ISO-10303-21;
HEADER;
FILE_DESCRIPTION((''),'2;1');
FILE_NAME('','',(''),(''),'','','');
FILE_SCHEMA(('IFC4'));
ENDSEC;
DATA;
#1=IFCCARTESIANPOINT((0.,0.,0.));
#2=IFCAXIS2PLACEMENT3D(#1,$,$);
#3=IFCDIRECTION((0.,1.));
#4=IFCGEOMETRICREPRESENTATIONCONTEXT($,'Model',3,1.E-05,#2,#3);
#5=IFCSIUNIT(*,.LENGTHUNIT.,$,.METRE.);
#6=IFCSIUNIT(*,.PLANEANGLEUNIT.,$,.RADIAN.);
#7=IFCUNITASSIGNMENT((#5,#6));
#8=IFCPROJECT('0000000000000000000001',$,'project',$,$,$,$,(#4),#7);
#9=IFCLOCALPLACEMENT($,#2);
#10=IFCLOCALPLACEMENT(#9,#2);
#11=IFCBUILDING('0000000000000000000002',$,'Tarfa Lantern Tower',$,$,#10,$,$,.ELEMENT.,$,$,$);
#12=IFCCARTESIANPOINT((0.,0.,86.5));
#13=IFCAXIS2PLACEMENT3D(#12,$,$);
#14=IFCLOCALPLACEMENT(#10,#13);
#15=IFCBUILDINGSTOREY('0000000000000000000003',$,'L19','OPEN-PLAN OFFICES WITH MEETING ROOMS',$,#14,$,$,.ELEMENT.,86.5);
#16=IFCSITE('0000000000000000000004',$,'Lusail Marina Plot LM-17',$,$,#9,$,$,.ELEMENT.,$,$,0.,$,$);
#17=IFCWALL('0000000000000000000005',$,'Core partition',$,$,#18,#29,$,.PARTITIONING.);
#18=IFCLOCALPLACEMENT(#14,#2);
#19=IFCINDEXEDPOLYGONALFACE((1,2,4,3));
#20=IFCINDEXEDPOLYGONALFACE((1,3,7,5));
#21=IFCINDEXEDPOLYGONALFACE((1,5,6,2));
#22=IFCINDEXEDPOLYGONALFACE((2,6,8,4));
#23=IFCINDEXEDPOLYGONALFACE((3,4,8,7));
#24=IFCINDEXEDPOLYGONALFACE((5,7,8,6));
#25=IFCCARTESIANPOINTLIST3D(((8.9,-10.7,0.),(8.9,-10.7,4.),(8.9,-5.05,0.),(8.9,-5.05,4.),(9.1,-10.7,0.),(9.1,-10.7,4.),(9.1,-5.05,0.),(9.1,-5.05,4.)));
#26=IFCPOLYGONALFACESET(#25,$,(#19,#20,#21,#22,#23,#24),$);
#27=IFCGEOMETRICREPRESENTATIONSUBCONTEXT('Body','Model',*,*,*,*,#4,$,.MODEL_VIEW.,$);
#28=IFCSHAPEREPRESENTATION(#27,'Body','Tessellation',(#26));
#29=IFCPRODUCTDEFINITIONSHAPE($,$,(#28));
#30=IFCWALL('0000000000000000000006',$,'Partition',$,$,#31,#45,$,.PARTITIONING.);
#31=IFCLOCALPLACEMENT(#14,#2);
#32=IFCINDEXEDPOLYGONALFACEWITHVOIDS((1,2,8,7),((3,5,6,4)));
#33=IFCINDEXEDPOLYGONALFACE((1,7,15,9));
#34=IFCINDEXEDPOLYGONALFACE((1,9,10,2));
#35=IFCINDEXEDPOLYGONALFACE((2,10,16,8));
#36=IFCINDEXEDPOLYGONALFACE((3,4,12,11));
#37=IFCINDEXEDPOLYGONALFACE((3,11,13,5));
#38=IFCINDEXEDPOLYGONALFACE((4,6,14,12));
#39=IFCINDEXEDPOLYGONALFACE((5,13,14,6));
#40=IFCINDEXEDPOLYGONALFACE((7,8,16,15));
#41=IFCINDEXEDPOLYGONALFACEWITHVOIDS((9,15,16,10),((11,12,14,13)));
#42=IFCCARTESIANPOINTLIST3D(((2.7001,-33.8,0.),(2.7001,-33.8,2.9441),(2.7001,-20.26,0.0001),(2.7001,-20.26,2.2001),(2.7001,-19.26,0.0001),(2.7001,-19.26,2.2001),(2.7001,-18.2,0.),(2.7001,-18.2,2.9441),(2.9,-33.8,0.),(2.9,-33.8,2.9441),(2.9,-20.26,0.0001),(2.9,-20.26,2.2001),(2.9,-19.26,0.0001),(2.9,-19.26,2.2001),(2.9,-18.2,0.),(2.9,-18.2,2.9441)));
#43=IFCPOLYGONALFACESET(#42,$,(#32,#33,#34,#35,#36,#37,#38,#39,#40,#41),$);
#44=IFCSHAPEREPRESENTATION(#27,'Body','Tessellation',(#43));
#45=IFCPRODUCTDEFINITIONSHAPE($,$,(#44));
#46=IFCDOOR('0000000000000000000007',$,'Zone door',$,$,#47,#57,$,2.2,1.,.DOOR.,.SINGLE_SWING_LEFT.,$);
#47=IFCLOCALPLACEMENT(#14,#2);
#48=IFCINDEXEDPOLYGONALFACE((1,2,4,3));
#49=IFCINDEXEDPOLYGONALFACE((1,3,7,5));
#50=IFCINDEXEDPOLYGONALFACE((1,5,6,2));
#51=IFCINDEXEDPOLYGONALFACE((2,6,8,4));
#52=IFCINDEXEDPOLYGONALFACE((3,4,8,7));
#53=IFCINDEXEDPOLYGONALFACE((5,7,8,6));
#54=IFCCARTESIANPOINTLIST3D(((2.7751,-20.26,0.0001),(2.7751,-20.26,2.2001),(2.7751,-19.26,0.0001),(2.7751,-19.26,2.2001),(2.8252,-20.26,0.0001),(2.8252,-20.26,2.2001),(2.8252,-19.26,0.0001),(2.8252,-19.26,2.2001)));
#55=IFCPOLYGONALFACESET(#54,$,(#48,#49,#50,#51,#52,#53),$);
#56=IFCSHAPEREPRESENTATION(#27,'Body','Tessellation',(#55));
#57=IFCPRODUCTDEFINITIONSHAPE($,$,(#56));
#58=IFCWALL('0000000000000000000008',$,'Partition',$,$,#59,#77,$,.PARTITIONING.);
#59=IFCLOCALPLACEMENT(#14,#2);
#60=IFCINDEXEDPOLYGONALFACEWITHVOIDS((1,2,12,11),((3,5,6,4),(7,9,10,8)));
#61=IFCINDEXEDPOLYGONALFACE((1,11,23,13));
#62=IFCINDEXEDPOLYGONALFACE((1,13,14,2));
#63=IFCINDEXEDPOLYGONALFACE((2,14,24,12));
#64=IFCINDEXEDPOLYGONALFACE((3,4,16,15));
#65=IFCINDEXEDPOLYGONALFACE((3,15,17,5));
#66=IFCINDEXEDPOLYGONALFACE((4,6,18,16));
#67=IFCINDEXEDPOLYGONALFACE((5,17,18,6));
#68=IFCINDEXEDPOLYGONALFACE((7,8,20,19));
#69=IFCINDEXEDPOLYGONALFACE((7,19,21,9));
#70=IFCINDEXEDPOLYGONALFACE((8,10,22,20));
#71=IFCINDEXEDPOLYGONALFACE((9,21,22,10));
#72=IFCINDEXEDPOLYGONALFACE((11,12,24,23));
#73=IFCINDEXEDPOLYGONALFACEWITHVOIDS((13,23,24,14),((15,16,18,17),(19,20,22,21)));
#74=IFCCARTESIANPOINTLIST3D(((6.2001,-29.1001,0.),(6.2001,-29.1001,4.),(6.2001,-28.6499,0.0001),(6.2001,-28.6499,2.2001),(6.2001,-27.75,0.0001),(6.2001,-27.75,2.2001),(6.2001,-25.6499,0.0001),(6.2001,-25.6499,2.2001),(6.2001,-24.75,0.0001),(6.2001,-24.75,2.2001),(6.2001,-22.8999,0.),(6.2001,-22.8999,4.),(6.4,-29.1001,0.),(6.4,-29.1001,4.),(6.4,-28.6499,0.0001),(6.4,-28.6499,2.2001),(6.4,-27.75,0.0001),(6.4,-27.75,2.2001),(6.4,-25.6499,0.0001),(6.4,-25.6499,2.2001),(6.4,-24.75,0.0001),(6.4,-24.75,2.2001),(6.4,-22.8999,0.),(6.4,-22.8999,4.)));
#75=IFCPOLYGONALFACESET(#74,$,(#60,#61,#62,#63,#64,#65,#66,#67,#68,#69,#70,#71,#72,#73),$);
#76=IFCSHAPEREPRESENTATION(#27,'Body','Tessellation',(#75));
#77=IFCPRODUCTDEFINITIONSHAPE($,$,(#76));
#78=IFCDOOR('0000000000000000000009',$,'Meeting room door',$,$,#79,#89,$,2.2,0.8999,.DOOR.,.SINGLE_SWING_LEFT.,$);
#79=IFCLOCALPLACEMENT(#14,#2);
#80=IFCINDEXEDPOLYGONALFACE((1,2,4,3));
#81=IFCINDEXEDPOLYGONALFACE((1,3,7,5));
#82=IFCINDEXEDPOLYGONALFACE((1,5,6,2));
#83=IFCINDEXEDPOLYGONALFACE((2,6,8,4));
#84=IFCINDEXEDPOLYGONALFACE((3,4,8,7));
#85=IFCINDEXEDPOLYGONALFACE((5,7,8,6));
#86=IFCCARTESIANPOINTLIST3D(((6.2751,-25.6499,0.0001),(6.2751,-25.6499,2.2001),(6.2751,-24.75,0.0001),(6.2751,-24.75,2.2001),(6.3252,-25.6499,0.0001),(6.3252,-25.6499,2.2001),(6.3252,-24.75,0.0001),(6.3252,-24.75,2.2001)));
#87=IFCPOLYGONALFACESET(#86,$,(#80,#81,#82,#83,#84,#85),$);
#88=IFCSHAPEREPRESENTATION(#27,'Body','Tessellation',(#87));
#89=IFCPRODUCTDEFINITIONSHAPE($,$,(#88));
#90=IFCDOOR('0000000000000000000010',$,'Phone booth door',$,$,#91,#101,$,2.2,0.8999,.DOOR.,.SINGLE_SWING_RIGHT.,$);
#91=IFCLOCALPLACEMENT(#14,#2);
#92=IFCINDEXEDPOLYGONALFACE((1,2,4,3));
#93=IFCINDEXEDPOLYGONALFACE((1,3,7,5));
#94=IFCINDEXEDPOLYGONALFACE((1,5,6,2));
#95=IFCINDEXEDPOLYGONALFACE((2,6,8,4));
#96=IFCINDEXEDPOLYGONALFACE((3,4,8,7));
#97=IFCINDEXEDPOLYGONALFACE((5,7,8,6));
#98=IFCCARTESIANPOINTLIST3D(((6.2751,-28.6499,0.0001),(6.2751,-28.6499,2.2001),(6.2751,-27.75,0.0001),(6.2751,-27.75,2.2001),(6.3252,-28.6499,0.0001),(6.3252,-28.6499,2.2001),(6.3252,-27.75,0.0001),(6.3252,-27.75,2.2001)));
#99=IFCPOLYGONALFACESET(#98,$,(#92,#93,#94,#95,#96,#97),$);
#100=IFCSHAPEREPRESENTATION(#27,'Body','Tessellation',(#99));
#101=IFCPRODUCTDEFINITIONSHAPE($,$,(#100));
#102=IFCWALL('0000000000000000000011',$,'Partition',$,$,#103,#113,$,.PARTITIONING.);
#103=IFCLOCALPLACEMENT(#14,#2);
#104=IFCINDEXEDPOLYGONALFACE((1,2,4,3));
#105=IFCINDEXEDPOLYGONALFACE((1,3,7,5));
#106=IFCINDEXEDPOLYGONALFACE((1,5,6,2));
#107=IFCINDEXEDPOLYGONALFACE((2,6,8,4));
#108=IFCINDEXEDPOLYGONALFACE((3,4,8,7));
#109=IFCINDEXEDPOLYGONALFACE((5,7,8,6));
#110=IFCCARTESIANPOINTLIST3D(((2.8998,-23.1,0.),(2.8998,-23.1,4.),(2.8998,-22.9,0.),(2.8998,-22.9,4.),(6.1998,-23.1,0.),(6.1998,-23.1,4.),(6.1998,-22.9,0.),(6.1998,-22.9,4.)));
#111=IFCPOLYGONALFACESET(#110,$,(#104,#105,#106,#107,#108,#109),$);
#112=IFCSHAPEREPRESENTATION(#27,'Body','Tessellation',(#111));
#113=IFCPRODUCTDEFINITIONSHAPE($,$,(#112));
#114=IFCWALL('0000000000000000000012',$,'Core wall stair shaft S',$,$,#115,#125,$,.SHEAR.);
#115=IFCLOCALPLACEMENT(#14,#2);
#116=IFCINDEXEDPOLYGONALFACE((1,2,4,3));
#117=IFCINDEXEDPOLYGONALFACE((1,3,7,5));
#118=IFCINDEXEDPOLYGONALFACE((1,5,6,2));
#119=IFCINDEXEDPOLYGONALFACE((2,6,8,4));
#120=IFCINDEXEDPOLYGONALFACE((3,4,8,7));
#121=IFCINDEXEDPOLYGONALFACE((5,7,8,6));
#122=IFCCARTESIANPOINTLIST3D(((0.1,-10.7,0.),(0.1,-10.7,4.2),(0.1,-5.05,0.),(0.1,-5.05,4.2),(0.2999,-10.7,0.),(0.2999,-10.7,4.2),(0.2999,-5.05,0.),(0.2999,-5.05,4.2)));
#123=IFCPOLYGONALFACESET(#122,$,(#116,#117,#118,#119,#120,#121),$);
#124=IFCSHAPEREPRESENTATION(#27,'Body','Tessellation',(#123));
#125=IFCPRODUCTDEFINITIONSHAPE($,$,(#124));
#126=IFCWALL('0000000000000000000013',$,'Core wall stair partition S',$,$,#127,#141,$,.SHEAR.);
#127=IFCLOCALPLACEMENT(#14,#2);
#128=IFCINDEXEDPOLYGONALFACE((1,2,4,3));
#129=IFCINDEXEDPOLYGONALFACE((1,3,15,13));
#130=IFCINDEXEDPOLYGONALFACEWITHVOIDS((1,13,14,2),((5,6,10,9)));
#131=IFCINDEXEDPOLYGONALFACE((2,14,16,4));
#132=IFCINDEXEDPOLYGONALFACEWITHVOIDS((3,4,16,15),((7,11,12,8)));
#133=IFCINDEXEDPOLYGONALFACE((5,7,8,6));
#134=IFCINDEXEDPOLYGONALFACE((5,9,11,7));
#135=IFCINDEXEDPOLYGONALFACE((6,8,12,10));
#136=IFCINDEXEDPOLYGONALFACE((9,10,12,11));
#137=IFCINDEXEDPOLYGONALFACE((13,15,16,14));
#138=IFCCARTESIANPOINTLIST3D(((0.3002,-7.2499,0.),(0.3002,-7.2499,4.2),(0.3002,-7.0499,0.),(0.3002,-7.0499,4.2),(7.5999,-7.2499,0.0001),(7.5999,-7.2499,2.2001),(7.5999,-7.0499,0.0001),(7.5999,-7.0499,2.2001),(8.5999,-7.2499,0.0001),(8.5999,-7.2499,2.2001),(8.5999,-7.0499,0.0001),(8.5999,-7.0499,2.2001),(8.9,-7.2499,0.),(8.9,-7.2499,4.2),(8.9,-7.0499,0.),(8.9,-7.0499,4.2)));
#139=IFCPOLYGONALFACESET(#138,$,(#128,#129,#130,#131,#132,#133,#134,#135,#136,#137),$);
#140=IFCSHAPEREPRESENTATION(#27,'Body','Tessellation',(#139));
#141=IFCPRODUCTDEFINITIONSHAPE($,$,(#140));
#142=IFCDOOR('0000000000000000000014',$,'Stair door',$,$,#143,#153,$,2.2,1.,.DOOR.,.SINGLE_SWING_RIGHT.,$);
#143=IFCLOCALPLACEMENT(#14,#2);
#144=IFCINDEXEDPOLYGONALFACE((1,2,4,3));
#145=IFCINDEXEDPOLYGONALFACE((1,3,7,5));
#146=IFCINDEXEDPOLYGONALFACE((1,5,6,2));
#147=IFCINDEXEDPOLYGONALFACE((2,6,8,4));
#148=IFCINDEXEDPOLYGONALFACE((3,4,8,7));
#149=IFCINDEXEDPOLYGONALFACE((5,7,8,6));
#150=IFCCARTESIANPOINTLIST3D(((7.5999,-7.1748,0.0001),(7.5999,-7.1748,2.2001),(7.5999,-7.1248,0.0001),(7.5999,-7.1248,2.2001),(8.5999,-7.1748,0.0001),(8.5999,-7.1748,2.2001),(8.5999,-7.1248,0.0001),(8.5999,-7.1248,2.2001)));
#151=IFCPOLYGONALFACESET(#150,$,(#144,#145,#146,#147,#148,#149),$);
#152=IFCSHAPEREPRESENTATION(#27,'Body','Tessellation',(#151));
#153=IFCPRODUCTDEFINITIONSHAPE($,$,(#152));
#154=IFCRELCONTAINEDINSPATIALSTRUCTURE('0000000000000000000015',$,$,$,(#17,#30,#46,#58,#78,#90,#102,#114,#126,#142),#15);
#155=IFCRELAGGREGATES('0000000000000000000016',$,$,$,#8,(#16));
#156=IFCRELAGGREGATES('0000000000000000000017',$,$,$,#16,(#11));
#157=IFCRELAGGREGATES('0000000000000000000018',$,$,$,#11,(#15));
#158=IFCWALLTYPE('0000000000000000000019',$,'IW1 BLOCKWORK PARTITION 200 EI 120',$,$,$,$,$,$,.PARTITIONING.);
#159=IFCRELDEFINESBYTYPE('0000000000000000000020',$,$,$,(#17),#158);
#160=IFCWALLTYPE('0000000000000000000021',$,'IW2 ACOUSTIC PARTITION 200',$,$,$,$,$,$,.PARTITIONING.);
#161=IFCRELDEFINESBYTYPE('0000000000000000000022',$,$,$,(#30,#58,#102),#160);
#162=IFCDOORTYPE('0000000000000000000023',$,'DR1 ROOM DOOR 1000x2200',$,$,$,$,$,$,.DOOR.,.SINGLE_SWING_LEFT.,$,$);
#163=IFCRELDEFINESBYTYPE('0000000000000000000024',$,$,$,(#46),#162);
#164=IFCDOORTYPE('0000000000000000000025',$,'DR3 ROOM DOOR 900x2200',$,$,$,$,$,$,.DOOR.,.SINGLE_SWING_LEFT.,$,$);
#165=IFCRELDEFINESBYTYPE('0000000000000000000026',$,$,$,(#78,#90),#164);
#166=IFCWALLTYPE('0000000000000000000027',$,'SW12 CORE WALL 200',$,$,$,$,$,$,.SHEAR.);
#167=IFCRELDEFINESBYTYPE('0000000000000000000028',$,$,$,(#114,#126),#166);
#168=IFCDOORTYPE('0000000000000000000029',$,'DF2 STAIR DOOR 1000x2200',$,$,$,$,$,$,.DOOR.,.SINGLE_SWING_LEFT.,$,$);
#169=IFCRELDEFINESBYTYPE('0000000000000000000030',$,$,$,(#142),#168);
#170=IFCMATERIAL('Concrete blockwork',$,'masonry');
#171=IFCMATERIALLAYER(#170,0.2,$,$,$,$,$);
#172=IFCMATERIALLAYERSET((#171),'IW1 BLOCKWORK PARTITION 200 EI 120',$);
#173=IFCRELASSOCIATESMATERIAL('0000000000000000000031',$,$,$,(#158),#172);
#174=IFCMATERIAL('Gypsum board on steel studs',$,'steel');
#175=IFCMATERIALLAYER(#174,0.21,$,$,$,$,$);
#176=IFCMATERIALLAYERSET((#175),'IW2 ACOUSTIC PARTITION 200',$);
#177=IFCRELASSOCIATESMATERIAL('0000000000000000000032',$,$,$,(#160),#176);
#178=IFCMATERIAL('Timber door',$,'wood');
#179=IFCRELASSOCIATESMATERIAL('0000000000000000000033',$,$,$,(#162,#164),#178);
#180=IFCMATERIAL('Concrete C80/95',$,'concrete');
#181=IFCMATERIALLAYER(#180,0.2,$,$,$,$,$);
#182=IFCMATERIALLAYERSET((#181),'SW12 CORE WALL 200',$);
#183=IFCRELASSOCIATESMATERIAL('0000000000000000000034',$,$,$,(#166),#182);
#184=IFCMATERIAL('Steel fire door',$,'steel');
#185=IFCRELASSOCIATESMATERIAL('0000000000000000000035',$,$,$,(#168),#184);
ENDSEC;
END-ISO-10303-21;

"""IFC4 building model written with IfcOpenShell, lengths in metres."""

from ifc_helpers import new_model, si_unit, direction, frame, frame_2d, origin, place, context, subcontext, project, spatial, rectangle, extrude, material, layer, layer_set, type_object, element, fill, save


model = new_model("IFC4")

# Units and contexts
model_context = context("Model", 3, precision=1e-05, world=origin(), true_north=direction((0.0, 1.0)))
body_context = subcontext(model_context, "Body", "Model", "MODEL_VIEW")
ifc_project = project(units=[si_unit("LENGTHUNIT", "METRE"), si_unit("PLANEANGLEUNIT", "RADIAN")], contexts=[model_context])

# Site, building, storey
site_placement = place(None, origin())
site = spatial("IfcSite", under=ifc_project, at=site_placement, Name="Lusail Marina Plot LM-17", CompositionType="ELEMENT", RefElevation=0.0)
building_placement = place(site_placement, origin())
building = spatial("IfcBuilding", under=site, at=building_placement, Name="Tarfa Lantern Tower", CompositionType="ELEMENT")
storey_placement = place(building_placement, frame((0.0, 0.0, 86.5)))
storey = spatial("IfcBuildingStorey", under=building, at=storey_placement, Name="L19", Description="OPEN-PLAN OFFICES WITH MEETING ROOMS", CompositionType="ELEMENT", Elevation=86.5)

# Wall
ifc_material_1 = material(Name="Concrete blockwork", Category="masonry")
ifc_layer_1 = layer(ifc_material_1, 0.2)
ifc_layer_set_1 = layer_set([ifc_layer_1], Name="IW1 BLOCKWORK PARTITION 200 EI 120")
wall_type_1 = type_object("IfcWallType", Name="IW1 BLOCKWORK PARTITION 200 EI 120", PredefinedType="PARTITIONING", material=ifc_layer_set_1)
wall_1_placement = place(storey_placement, frame((9.0, -5.05, 0.0), z_axis=(0.0, 0.0, 1.0), x_axis=(0.0, -1.0, 0.0)))
element("IfcWall", 1, at=wall_1_placement, inside=storey, type_object=wall_type_1, Name="Core partition", PredefinedType="PARTITIONING", context=body_context, shape_type="SweptSolid", body=[
    extrude(rectangle(XDim=5.6499, YDim=0.2, at=frame_2d((2.825, 0.0))), origin(), (0.0, 0.0, 1.0), 4.0),
])

# Wall, opening, door
ifc_material_2 = material(Name="Gypsum board on steel studs", Category="steel")
ifc_layer_2 = layer(ifc_material_2, 0.21)
ifc_layer_set_2 = layer_set([ifc_layer_2], Name="IW2 ACOUSTIC PARTITION 200")
wall_type_2 = type_object("IfcWallType", Name="IW2 ACOUSTIC PARTITION 200", PredefinedType="PARTITIONING", material=ifc_layer_set_2)
wall_2_placement = place(storey_placement, frame((2.8, -18.2, 0.0), z_axis=(0.0, 0.0, 1.0), x_axis=(0.0, -1.0, 0.0)))
wall_2 = element("IfcWall", 2, at=wall_2_placement, inside=storey, type_object=wall_type_2, Name="Partition", PredefinedType="PARTITIONING", context=body_context, shape_type="SweptSolid", body=[
    extrude(rectangle(XDim=15.6001, YDim=0.2, at=frame_2d((7.8, 0.0))), origin(), (0.0, 0.0, 1.0), 2.9441),
])
opening_1_placement = place(wall_2_placement, frame((1.0601, 0.0, 0.0)))
opening_1 = element("IfcOpeningElement", 3, at=opening_1_placement, cuts=wall_2, PredefinedType="OPENING", context=body_context, shape_type="SweptSolid", body=[
    extrude(rectangle(XDim=1.0, YDim=2.2, at=frame_2d((0.5, 1.1001))), frame((0.0, 0.1099, 0.0), z_axis=(0.0, -1.0, 0.0), x_axis=(1.0, 0.0, 0.0)), (0.0, 0.0, 1.0), 0.22),
])
ifc_material_3 = material(Name="Timber door", Category="wood")
door_type_1 = type_object("IfcDoorType", Name="DR1 ROOM DOOR 1000x2200", OperationType="SINGLE_SWING_LEFT", PredefinedType="DOOR", material=ifc_material_3)
door_1_placement = place(opening_1_placement, frame((1.0, 0.0, 0.0), z_axis=(0.0, 0.0, 1.0), x_axis=(-1.0, 0.0, 0.0)))
door_1 = element("IfcDoor", 4, at=door_1_placement, inside=storey, type_object=door_type_1, Name="Zone door", OperationType="SINGLE_SWING_LEFT", OverallHeight=2.2, OverallWidth=1.0, PredefinedType="DOOR", context=body_context, shape_type="SweptSolid", body=[
    extrude(rectangle(XDim=1.0, YDim=2.2, at=frame_2d((0.5, 1.1001))), frame((0.0, 0.0249, 0.0), z_axis=(0.0, -1.0, 0.0), x_axis=(1.0, 0.0, 0.0)), (0.0, 0.0, 1.0), 0.05),
])
fill(opening_1, door_1)

# Wall, openings, doors
wall_3_placement = place(storey_placement, frame((6.3, -22.8999, 0.0), z_axis=(0.0, 0.0, 1.0), x_axis=(0.0, -1.0, 0.0)))
wall_3 = element("IfcWall", 5, at=wall_3_placement, inside=storey, type_object=wall_type_2, Name="Partition", PredefinedType="PARTITIONING", context=body_context, shape_type="SweptSolid", body=[
    extrude(rectangle(XDim=6.2002, YDim=0.2, at=frame_2d((3.1001, 0.0))), origin(), (0.0, 0.0, 1.0), 4.0),
])
opening_2_placement = place(wall_3_placement, frame((1.8501, 0.0, 0.0)))
opening_2 = element("IfcOpeningElement", 6, at=opening_2_placement, cuts=wall_3, PredefinedType="OPENING", context=body_context, shape_type="SweptSolid", body=[
    extrude(rectangle(XDim=0.8999, YDim=2.2, at=frame_2d((0.45, 1.1001))), frame((0.0, 0.1099, 0.0), z_axis=(0.0, -1.0, 0.0), x_axis=(1.0, 0.0, 0.0)), (0.0, 0.0, 1.0), 0.22),
])
opening_3_placement = place(wall_3_placement, frame((4.8501, 0.0, 0.0)))
opening_3 = element("IfcOpeningElement", 7, at=opening_3_placement, cuts=wall_3, PredefinedType="OPENING", context=body_context, shape_type="SweptSolid", body=[
    extrude(rectangle(XDim=0.8999, YDim=2.2, at=frame_2d((0.45, 1.1001))), frame((0.0, 0.1099, 0.0), z_axis=(0.0, -1.0, 0.0), x_axis=(1.0, 0.0, 0.0)), (0.0, 0.0, 1.0), 0.22),
])
door_type_2 = type_object("IfcDoorType", Name="DR3 ROOM DOOR 900x2200", OperationType="SINGLE_SWING_LEFT", PredefinedType="DOOR", material=ifc_material_3)
door_2_placement = place(opening_2_placement, frame((0.8999, 0.0, 0.0), z_axis=(0.0, 0.0, 1.0), x_axis=(-1.0, 0.0, 0.0)))
door_2 = element("IfcDoor", 8, at=door_2_placement, inside=storey, type_object=door_type_2, Name="Meeting room door", OperationType="SINGLE_SWING_LEFT", OverallHeight=2.2, OverallWidth=0.8999, PredefinedType="DOOR", context=body_context, shape_type="SweptSolid", body=[
    extrude(rectangle(XDim=0.8999, YDim=2.2, at=frame_2d((0.45, 1.1001))), frame((0.0, 0.0249, 0.0), z_axis=(0.0, -1.0, 0.0), x_axis=(1.0, 0.0, 0.0)), (0.0, 0.0, 1.0), 0.05),
])
fill(opening_2, door_2)
door_3_placement = place(opening_3_placement, frame((0.8999, 0.0, 0.0), z_axis=(0.0, 0.0, 1.0), x_axis=(-1.0, 0.0, 0.0)))
door_3 = element("IfcDoor", 9, at=door_3_placement, inside=storey, type_object=door_type_2, Name="Phone booth door", OperationType="SINGLE_SWING_RIGHT", OverallHeight=2.2, OverallWidth=0.8999, PredefinedType="DOOR", context=body_context, shape_type="SweptSolid", body=[
    extrude(rectangle(XDim=0.8999, YDim=2.2, at=frame_2d((0.45, 1.1001))), frame((0.0, 0.0249, 0.0), z_axis=(0.0, -1.0, 0.0), x_axis=(1.0, 0.0, 0.0)), (0.0, 0.0, 1.0), 0.05),
])
fill(opening_3, door_3)

# Walls
wall_4_placement = place(storey_placement, frame((2.8999, -23.0, 0.0), z_axis=(0.0, 0.0, 1.0), x_axis=(1.0, 0.0, 0.0)))
element("IfcWall", 10, at=wall_4_placement, inside=storey, type_object=wall_type_2, Name="Partition", PredefinedType="PARTITIONING", context=body_context, shape_type="SweptSolid", body=[
    extrude(rectangle(XDim=3.3, YDim=0.2, at=frame_2d((1.6499, 0.0))), origin(), (0.0, 0.0, 1.0), 4.0),
])
ifc_material_4 = material(Name="Concrete C80/95", Category="concrete")
ifc_layer_3 = layer(ifc_material_4, 0.2)
ifc_layer_set_3 = layer_set([ifc_layer_3], Name="SW12 CORE WALL 200")
wall_type_3 = type_object("IfcWallType", Name="SW12 CORE WALL 200", PredefinedType="SHEAR", material=ifc_layer_set_3)
wall_5_placement = place(storey_placement, frame((0.2, -5.05, 0.0), z_axis=(0.0, 0.0, 1.0), x_axis=(0.0, -1.0, 0.0)))
element("IfcWall", 11, at=wall_5_placement, inside=storey, type_object=wall_type_3, Name="Core wall stair shaft S", PredefinedType="SHEAR", context=body_context, shape_type="SweptSolid", body=[
    extrude(rectangle(XDim=5.6499, YDim=0.2, at=frame_2d((2.825, 0.0))), origin(), (0.0, 0.0, 1.0), 4.2),
])

# Wall, opening, door
wall_6_placement = place(storey_placement, frame((8.8999, -7.1499, 0.0), z_axis=(0.0, 0.0, 1.0), x_axis=(-1.0, 0.0, 0.0)))
wall_6 = element("IfcWall", 12, at=wall_6_placement, inside=storey, type_object=wall_type_3, Name="Core wall stair partition S", PredefinedType="SHEAR", context=body_context, shape_type="SweptSolid", body=[
    extrude(rectangle(XDim=8.5999, YDim=0.2, at=frame_2d((4.2998, 0.0))), origin(), (0.0, 0.0, 1.0), 4.2),
])
opening_4_placement = place(wall_6_placement, frame((0.3, 0.0, 0.0)))
opening_4 = element("IfcOpeningElement", 13, at=opening_4_placement, cuts=wall_6, PredefinedType="OPENING", context=body_context, shape_type="SweptSolid", body=[
    extrude(rectangle(XDim=1.0, YDim=2.2, at=frame_2d((0.5, 1.1001))), frame((0.0, 0.1099, 0.0), z_axis=(0.0, -1.0, 0.0), x_axis=(1.0, 0.0, 0.0)), (0.0, 0.0, 1.0), 0.22),
])
ifc_material_5 = material(Name="Steel fire door", Category="steel")
door_type_3 = type_object("IfcDoorType", Name="DF2 STAIR DOOR 1000x2200", OperationType="SINGLE_SWING_LEFT", PredefinedType="DOOR", material=ifc_material_5)
door_4_placement = place(opening_4_placement, origin())
door_4 = element("IfcDoor", 14, at=door_4_placement, inside=storey, type_object=door_type_3, Name="Stair door", OperationType="SINGLE_SWING_RIGHT", OverallHeight=2.2, OverallWidth=1.0, PredefinedType="DOOR", context=body_context, shape_type="SweptSolid", body=[
    extrude(rectangle(XDim=1.0, YDim=2.2, at=frame_2d((0.5, 1.1001))), frame((0.0, 0.0249, 0.0), z_axis=(0.0, -1.0, 0.0), x_axis=(1.0, 0.0, 0.0)), (0.0, 0.0, 1.0), 0.05),
])
fill(opening_4, door_4)

save(model, "model.ifc")
